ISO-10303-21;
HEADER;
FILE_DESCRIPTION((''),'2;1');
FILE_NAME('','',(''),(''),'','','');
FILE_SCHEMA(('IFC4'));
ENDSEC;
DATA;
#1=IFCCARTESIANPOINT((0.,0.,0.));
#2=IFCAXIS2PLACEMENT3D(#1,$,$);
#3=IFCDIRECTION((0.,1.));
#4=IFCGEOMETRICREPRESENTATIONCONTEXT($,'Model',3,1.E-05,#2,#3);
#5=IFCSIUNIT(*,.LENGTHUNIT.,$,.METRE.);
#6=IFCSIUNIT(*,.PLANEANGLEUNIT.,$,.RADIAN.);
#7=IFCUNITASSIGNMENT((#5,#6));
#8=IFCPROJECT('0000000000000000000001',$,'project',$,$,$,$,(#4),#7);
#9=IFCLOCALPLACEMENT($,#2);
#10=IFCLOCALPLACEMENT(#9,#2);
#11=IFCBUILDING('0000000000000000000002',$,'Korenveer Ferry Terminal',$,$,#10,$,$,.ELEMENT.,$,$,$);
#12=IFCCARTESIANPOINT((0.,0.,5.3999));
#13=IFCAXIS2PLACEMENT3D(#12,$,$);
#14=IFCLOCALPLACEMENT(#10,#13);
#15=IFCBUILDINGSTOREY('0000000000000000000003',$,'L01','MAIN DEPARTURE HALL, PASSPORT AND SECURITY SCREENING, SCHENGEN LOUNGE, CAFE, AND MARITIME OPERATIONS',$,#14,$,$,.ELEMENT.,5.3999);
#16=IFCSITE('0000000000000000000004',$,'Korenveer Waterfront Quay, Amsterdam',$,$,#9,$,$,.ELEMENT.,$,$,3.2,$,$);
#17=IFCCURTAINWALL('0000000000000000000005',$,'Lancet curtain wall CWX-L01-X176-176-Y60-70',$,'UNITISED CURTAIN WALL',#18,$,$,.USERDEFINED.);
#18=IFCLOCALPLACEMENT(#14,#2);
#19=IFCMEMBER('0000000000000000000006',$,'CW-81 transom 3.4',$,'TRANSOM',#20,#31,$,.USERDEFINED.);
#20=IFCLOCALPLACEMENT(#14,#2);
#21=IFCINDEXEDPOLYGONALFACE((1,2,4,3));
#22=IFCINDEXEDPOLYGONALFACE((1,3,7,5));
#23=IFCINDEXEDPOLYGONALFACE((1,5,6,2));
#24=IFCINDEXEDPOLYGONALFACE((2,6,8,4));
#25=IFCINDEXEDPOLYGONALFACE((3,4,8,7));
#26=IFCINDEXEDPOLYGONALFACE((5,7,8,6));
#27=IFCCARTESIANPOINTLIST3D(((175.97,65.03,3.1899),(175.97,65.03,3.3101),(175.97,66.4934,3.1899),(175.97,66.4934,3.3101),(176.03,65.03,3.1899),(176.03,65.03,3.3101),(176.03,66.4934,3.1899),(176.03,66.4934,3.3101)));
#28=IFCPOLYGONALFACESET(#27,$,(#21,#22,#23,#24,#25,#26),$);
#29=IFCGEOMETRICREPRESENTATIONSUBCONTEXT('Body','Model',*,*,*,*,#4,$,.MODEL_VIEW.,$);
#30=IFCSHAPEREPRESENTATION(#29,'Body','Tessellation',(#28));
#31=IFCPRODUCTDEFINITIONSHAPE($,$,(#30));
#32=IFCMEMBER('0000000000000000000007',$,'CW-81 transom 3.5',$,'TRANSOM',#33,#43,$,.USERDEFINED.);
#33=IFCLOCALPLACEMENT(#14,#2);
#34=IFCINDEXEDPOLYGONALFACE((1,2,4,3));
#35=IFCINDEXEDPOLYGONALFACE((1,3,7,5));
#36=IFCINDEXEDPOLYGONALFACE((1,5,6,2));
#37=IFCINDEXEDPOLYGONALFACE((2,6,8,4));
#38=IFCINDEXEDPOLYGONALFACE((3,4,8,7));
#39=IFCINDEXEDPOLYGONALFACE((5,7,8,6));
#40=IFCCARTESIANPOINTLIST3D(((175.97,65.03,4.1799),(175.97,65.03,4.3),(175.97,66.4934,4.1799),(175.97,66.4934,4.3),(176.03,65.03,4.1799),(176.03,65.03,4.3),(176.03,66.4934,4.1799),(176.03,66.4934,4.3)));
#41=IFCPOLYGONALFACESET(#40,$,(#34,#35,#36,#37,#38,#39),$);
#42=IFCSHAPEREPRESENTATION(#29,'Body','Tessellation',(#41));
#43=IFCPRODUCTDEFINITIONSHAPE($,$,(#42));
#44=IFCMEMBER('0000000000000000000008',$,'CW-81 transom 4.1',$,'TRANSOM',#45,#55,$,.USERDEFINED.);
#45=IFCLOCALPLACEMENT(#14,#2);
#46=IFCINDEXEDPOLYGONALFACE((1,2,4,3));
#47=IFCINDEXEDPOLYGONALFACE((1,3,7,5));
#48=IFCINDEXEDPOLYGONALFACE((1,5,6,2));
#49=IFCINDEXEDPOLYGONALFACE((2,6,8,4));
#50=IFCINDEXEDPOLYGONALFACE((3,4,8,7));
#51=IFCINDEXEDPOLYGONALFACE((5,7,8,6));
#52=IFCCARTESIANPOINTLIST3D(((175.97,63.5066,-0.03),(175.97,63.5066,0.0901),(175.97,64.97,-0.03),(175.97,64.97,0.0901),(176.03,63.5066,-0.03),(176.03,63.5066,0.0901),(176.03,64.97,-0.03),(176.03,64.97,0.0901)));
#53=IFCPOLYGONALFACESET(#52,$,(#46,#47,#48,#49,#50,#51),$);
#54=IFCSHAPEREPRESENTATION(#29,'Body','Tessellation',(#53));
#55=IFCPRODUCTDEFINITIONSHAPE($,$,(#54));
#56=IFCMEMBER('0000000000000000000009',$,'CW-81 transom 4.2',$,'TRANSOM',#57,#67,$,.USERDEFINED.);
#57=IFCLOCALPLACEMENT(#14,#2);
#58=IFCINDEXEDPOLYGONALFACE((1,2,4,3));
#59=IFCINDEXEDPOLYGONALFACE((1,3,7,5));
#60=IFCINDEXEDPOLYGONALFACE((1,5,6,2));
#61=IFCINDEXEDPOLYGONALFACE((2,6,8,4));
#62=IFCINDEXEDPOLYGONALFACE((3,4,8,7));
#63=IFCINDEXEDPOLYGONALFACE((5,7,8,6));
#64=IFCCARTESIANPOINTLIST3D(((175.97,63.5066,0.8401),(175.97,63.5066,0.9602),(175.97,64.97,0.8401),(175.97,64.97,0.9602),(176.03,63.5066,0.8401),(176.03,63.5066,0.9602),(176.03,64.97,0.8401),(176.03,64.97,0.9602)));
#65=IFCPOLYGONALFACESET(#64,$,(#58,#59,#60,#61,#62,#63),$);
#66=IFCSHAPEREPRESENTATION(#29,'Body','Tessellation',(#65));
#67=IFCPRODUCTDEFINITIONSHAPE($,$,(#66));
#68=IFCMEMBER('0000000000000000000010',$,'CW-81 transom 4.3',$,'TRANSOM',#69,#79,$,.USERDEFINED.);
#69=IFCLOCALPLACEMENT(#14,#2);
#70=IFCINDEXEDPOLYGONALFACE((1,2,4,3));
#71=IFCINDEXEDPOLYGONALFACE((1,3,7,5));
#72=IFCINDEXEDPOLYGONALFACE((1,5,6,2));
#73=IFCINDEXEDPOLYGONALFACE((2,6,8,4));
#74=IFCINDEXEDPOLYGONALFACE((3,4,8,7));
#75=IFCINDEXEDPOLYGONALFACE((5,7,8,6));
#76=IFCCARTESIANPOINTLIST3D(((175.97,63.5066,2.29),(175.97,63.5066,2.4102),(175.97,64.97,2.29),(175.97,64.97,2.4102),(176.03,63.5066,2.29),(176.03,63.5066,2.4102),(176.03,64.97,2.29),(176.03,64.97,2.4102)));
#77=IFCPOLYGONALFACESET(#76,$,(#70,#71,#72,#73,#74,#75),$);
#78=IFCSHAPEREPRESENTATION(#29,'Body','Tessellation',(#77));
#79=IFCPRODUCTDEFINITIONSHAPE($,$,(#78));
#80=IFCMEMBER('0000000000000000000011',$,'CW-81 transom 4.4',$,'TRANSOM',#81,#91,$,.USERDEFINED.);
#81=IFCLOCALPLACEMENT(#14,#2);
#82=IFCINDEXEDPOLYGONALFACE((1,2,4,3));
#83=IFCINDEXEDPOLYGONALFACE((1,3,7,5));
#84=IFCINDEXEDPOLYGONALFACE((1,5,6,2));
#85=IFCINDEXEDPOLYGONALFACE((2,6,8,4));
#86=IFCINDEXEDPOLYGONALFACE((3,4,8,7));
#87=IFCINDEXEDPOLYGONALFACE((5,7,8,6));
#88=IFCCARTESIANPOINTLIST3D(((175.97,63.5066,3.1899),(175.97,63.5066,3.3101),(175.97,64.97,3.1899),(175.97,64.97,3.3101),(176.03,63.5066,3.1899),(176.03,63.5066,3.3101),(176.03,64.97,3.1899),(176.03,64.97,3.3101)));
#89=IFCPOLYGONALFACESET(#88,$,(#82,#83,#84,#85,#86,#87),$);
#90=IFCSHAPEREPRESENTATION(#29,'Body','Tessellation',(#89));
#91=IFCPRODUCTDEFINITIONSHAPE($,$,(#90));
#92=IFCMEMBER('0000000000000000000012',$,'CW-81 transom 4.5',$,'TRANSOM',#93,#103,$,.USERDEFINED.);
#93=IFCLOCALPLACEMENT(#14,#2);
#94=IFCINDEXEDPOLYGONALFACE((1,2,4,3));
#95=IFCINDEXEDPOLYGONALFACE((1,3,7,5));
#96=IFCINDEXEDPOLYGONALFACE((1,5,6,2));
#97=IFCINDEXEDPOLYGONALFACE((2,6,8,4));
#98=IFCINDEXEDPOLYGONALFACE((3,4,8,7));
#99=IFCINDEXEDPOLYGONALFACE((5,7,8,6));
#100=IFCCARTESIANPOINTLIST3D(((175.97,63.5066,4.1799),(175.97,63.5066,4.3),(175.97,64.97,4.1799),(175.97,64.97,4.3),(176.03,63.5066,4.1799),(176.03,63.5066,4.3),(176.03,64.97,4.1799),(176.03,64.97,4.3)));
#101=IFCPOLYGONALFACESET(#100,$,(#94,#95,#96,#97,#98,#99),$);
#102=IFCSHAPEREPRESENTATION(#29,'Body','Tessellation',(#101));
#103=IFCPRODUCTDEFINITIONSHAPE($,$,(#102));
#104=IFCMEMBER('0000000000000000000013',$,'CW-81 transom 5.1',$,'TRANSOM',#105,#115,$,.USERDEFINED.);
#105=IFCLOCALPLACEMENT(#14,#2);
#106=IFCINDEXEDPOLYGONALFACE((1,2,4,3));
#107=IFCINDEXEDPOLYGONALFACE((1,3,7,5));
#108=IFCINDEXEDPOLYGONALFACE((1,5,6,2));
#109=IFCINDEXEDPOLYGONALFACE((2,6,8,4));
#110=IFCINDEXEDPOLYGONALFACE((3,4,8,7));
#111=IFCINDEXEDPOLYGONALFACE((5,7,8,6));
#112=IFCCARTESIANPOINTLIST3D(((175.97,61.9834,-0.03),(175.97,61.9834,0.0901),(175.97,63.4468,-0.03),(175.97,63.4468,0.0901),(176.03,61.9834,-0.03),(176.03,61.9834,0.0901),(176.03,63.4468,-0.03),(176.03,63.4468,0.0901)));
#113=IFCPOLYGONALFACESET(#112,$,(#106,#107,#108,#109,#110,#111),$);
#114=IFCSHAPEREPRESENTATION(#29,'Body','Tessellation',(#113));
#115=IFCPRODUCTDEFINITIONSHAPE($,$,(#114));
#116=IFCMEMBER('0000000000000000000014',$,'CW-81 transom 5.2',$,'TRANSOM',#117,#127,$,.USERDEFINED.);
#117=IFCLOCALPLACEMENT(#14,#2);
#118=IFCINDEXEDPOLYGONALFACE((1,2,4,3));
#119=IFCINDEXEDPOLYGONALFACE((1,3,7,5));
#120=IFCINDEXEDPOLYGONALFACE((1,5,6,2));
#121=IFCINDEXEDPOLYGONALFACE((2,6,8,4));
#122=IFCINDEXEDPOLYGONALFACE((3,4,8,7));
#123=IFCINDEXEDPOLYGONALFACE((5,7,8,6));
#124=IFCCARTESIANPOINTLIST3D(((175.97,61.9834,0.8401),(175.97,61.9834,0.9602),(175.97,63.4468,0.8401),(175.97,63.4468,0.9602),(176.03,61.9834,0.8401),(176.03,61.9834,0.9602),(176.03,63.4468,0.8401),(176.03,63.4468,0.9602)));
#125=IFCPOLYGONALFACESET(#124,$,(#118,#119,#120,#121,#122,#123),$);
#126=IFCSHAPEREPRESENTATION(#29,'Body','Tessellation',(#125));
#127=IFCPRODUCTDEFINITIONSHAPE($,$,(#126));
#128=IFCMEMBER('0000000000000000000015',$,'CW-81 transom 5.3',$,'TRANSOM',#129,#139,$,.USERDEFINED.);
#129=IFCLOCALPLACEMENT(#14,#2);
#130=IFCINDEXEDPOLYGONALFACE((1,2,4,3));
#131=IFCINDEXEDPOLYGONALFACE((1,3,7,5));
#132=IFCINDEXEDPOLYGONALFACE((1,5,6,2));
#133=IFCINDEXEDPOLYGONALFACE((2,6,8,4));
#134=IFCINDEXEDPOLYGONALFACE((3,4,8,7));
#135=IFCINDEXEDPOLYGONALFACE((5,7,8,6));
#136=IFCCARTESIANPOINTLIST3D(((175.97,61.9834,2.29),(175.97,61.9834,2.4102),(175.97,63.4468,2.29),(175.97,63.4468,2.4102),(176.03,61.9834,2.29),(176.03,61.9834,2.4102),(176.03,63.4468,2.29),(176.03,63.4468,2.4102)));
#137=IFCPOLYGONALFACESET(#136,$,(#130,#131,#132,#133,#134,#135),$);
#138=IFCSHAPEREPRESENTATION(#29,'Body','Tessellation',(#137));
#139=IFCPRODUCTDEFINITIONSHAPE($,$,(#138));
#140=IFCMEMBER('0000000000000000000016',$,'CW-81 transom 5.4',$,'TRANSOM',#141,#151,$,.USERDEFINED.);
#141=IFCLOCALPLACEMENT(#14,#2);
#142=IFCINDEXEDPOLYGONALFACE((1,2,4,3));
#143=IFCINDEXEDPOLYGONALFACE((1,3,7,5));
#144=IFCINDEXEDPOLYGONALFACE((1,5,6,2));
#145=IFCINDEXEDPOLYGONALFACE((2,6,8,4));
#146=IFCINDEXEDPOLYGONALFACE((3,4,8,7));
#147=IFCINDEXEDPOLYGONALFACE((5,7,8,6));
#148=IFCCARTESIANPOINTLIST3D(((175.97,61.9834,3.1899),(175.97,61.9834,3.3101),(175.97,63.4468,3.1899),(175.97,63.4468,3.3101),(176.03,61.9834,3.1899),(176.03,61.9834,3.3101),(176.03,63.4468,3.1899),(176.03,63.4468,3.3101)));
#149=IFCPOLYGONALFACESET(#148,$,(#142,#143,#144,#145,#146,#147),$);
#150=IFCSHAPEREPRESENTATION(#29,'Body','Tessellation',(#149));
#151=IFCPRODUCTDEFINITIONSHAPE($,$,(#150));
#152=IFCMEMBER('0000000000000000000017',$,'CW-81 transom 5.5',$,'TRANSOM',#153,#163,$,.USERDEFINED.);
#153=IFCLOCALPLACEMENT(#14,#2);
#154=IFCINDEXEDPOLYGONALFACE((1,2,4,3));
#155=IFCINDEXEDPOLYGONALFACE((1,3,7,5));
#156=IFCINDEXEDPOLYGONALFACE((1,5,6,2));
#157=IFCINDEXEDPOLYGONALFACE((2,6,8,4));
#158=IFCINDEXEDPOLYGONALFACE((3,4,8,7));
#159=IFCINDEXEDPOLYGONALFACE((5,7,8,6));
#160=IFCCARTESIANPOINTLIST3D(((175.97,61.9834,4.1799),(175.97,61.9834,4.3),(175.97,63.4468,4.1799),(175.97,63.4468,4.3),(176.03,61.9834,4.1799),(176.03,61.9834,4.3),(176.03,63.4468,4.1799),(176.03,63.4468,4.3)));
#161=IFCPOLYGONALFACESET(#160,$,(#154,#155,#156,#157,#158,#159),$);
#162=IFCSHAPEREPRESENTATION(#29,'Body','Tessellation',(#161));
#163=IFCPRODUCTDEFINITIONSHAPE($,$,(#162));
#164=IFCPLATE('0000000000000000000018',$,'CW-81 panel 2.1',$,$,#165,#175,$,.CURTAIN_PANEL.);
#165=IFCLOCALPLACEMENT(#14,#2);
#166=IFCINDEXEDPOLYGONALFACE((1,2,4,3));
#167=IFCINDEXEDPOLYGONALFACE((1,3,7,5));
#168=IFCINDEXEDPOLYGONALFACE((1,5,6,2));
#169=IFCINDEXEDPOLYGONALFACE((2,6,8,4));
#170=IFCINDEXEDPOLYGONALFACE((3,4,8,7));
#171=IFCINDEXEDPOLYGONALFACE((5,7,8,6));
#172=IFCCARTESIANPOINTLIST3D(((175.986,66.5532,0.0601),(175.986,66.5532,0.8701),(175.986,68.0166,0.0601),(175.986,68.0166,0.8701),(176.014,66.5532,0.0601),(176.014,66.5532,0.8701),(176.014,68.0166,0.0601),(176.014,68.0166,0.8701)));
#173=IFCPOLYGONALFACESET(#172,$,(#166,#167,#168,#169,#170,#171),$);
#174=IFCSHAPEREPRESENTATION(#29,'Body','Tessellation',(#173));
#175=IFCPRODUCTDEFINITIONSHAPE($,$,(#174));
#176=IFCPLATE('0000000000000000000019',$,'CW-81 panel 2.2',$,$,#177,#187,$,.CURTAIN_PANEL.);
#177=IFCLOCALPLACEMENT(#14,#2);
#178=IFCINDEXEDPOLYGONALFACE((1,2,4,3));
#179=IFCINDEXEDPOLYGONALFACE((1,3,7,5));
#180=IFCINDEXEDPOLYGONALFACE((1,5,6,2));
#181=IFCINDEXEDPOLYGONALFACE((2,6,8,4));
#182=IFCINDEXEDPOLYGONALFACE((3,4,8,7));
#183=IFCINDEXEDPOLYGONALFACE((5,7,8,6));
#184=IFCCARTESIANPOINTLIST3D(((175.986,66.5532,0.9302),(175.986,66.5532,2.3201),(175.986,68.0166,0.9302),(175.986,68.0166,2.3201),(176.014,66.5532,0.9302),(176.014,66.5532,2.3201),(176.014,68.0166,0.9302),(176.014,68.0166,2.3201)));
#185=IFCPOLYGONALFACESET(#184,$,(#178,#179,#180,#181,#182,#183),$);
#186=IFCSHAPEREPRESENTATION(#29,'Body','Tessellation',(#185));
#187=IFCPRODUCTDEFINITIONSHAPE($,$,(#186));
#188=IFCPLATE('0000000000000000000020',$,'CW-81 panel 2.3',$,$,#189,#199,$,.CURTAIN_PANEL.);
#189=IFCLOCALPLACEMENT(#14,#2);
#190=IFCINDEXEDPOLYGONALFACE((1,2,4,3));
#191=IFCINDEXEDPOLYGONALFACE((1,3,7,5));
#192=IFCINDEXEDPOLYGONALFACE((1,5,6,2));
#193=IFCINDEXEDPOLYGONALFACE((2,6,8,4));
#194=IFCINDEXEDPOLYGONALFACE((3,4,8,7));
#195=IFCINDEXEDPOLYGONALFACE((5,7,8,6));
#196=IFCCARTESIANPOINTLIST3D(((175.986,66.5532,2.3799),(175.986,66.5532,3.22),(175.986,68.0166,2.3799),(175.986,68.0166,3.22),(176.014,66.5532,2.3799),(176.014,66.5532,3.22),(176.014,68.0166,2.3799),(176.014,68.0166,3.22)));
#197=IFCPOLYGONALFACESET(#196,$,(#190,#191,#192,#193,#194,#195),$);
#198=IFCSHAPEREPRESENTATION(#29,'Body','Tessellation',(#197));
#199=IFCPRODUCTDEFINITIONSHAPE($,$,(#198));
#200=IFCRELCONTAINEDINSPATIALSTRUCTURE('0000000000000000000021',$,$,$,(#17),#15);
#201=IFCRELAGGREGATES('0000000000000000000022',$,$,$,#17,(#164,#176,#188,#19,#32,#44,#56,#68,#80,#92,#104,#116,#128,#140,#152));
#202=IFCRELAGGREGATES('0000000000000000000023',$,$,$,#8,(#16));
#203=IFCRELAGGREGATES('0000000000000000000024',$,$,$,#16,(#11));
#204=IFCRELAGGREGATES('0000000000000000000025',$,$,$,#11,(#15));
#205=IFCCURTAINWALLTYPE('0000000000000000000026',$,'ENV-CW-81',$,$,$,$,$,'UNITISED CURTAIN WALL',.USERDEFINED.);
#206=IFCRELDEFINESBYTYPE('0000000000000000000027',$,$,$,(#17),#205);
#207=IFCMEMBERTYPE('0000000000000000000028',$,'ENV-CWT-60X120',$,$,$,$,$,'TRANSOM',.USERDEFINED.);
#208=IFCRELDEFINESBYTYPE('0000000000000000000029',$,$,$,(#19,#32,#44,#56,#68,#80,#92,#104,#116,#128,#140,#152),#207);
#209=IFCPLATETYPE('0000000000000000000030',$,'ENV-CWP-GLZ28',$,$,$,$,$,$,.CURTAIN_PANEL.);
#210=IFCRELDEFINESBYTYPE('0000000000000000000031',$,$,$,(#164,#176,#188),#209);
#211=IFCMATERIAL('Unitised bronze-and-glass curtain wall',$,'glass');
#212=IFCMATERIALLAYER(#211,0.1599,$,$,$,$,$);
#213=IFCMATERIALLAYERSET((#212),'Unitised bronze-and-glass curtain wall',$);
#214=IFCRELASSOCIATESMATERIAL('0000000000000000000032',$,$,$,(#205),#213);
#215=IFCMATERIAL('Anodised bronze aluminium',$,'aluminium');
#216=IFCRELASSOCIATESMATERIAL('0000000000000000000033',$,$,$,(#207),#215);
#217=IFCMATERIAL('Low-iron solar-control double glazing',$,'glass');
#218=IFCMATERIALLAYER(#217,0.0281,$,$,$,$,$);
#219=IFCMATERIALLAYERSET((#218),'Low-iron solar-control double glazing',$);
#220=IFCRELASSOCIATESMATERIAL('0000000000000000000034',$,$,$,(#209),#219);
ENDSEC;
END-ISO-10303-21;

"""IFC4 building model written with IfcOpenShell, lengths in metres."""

from ifc_helpers import new_model, si_unit, direction, frame, origin, origin_2d, place, context, subcontext, project, spatial, rectangle, extrude, material, layer, layer_set, material_profile, profile_set, type_object, element, aggregate, save


model = new_model("IFC4")

# Units and contexts
model_context = context("Model", 3, precision=1e-05, world=origin(), true_north=direction((0.0, 1.0)))
body_context = subcontext(model_context, "Body", "Model", "MODEL_VIEW")
ifc_project = project(units=[si_unit("LENGTHUNIT", "METRE"), si_unit("PLANEANGLEUNIT", "RADIAN")], contexts=[model_context])

# Site, building, storey
site_placement = place(None, origin())
site = spatial("IfcSite", under=ifc_project, at=site_placement, Name="Korenveer Waterfront Quay, Amsterdam", CompositionType="ELEMENT", RefElevation=3.2)
building_placement = place(site_placement, origin())
building = spatial("IfcBuilding", under=site, at=building_placement, Name="Korenveer Ferry Terminal", CompositionType="ELEMENT")
storey_placement = place(building_placement, frame((0.0, 0.0, 5.3999)))
storey = spatial("IfcBuildingStorey", under=building, at=storey_placement, Name="L01", Description="MAIN DEPARTURE HALL, PASSPORT AND SECURITY SCREENING, SCHENGEN LOUNGE, CAFE, AND MARITIME OPERATIONS", CompositionType="ELEMENT", Elevation=5.3999)

# Curtain wall, members, plates
ifc_material_1 = material(Name="Unitised bronze-and-glass curtain wall", Category="glass")
ifc_layer_1 = layer(ifc_material_1, 0.1599)
ifc_layer_set_1 = layer_set([ifc_layer_1], Name="Unitised bronze-and-glass curtain wall")
curtain_wall_type = type_object("IfcCurtainWallType", Name="ENV-CW-81", ElementType="UNITISED CURTAIN WALL", PredefinedType="USERDEFINED", material=ifc_layer_set_1)
curtain_wall_placement = place(storey_placement, frame((176.0, 69.5701, 0.0)))
curtain_wall = element("IfcCurtainWall", 1, at=curtain_wall_placement, inside=storey, type_object=curtain_wall_type, Name="Lancet curtain wall CWX-L01-X176-176-Y60-70", ObjectType="UNITISED CURTAIN WALL", PredefinedType="USERDEFINED")
ifc_material_2 = material(Name="Anodised bronze aluminium", Category="aluminium")
ifc_material_profile_1 = material_profile(ifc_material_2, rectangle(XDim=0.0601, YDim=0.1201, at=origin_2d()), Name="ALU 60x120")
ifc_profile_set_1 = profile_set([ifc_material_profile_1], Name="Anodised bronze aluminium")
member_type_1 = type_object("IfcMemberType", Name="ENV-CWT-60X120", ElementType="TRANSOM", PredefinedType="USERDEFINED", material=ifc_profile_set_1)
member_1_placement = place(storey_placement, frame((176.0, 66.4934, 3.25), z_axis=(0.0, -1.0, 0.0), x_axis=(1.0, 0.0, 0.0)))
member_1 = element("IfcMember", 2, at=member_1_placement, type_object=member_type_1, Name="CW-81 transom 3.4", ObjectType="TRANSOM", PredefinedType="USERDEFINED", context=body_context, shape_type="SweptSolid", body=[
    extrude(rectangle(XDim=0.0601, YDim=0.1201, at=origin_2d()), origin(), (0.0, 0.0, 1.0), 1.4634),
])
member_2_placement = place(storey_placement, frame((176.0, 66.4934, 4.24), z_axis=(0.0, -1.0, 0.0), x_axis=(1.0, 0.0, 0.0)))
member_2 = element("IfcMember", 3, at=member_2_placement, type_object=member_type_1, Name="CW-81 transom 3.5", ObjectType="TRANSOM", PredefinedType="USERDEFINED", context=body_context, shape_type="SweptSolid", body=[
    extrude(rectangle(XDim=0.0601, YDim=0.1201, at=origin_2d()), origin(), (0.0, 0.0, 1.0), 1.4634),
])
member_3_placement = place(storey_placement, frame((176.0, 64.97, 0.03), z_axis=(0.0, -1.0, 0.0), x_axis=(1.0, 0.0, 0.0)))
member_3 = element("IfcMember", 4, at=member_3_placement, type_object=member_type_1, Name="CW-81 transom 4.1", ObjectType="TRANSOM", PredefinedType="USERDEFINED", context=body_context, shape_type="SweptSolid", body=[
    extrude(rectangle(XDim=0.0601, YDim=0.1201, at=origin_2d()), origin(), (0.0, 0.0, 1.0), 1.4634),
])
member_4_placement = place(storey_placement, frame((176.0, 64.97, 0.9001), z_axis=(0.0, -1.0, 0.0), x_axis=(1.0, 0.0, 0.0)))
member_4 = element("IfcMember", 5, at=member_4_placement, type_object=member_type_1, Name="CW-81 transom 4.2", ObjectType="TRANSOM", PredefinedType="USERDEFINED", context=body_context, shape_type="SweptSolid", body=[
    extrude(rectangle(XDim=0.0601, YDim=0.1201, at=origin_2d()), origin(), (0.0, 0.0, 1.0), 1.4634),
])
member_5_placement = place(storey_placement, frame((176.0, 64.97, 2.3501), z_axis=(0.0, -1.0, 0.0), x_axis=(1.0, 0.0, 0.0)))
member_5 = element("IfcMember", 6, at=member_5_placement, type_object=member_type_1, Name="CW-81 transom 4.3", ObjectType="TRANSOM", PredefinedType="USERDEFINED", context=body_context, shape_type="SweptSolid", body=[
    extrude(rectangle(XDim=0.0601, YDim=0.1201, at=origin_2d()), origin(), (0.0, 0.0, 1.0), 1.4634),
])
member_6_placement = place(storey_placement, frame((176.0, 64.97, 3.25), z_axis=(0.0, -1.0, 0.0), x_axis=(1.0, 0.0, 0.0)))
member_6 = element("IfcMember", 7, at=member_6_placement, type_object=member_type_1, Name="CW-81 transom 4.4", ObjectType="TRANSOM", PredefinedType="USERDEFINED", context=body_context, shape_type="SweptSolid", body=[
    extrude(rectangle(XDim=0.0601, YDim=0.1201, at=origin_2d()), origin(), (0.0, 0.0, 1.0), 1.4634),
])
member_7_placement = place(storey_placement, frame((176.0, 64.97, 4.24), z_axis=(0.0, -1.0, 0.0), x_axis=(1.0, 0.0, 0.0)))
member_7 = element("IfcMember", 8, at=member_7_placement, type_object=member_type_1, Name="CW-81 transom 4.5", ObjectType="TRANSOM", PredefinedType="USERDEFINED", context=body_context, shape_type="SweptSolid", body=[
    extrude(rectangle(XDim=0.0601, YDim=0.1201, at=origin_2d()), origin(), (0.0, 0.0, 1.0), 1.4634),
])
member_8_placement = place(storey_placement, frame((176.0, 63.4468, 0.03), z_axis=(0.0, -1.0, 0.0), x_axis=(1.0, 0.0, 0.0)))
member_8 = element("IfcMember", 9, at=member_8_placement, type_object=member_type_1, Name="CW-81 transom 5.1", ObjectType="TRANSOM", PredefinedType="USERDEFINED", context=body_context, shape_type="SweptSolid", body=[
    extrude(rectangle(XDim=0.0601, YDim=0.1201, at=origin_2d()), origin(), (0.0, 0.0, 1.0), 1.4634),
])
member_9_placement = place(storey_placement, frame((176.0, 63.4468, 0.9001), z_axis=(0.0, -1.0, 0.0), x_axis=(1.0, 0.0, 0.0)))
member_9 = element("IfcMember", 10, at=member_9_placement, type_object=member_type_1, Name="CW-81 transom 5.2", ObjectType="TRANSOM", PredefinedType="USERDEFINED", context=body_context, shape_type="SweptSolid", body=[
    extrude(rectangle(XDim=0.0601, YDim=0.1201, at=origin_2d()), origin(), (0.0, 0.0, 1.0), 1.4634),
])
member_10_placement = place(storey_placement, frame((176.0, 63.4468, 2.3501), z_axis=(0.0, -1.0, 0.0), x_axis=(1.0, 0.0, 0.0)))
member_10 = element("IfcMember", 11, at=member_10_placement, type_object=member_type_1, Name="CW-81 transom 5.3", ObjectType="TRANSOM", PredefinedType="USERDEFINED", context=body_context, shape_type="SweptSolid", body=[
    extrude(rectangle(XDim=0.0601, YDim=0.1201, at=origin_2d()), origin(), (0.0, 0.0, 1.0), 1.4634),
])
member_11_placement = place(storey_placement, frame((176.0, 63.4468, 3.25), z_axis=(0.0, -1.0, 0.0), x_axis=(1.0, 0.0, 0.0)))
member_11 = element("IfcMember", 12, at=member_11_placement, type_object=member_type_1, Name="CW-81 transom 5.4", ObjectType="TRANSOM", PredefinedType="USERDEFINED", context=body_context, shape_type="SweptSolid", body=[
    extrude(rectangle(XDim=0.0601, YDim=0.1201, at=origin_2d()), origin(), (0.0, 0.0, 1.0), 1.4634),
])
member_12_placement = place(storey_placement, frame((176.0, 63.4468, 4.24), z_axis=(0.0, -1.0, 0.0), x_axis=(1.0, 0.0, 0.0)))
member_12 = element("IfcMember", 13, at=member_12_placement, type_object=member_type_1, Name="CW-81 transom 5.5", ObjectType="TRANSOM", PredefinedType="USERDEFINED", context=body_context, shape_type="SweptSolid", body=[
    extrude(rectangle(XDim=0.0601, YDim=0.1201, at=origin_2d()), origin(), (0.0, 0.0, 1.0), 1.4634),
])
ifc_material_3 = material(Name="Low-iron solar-control double glazing", Category="glass")
ifc_layer_2 = layer(ifc_material_3, 0.0281)
ifc_layer_set_2 = layer_set([ifc_layer_2], Name="Low-iron solar-control double glazing")
plate_type_1 = type_object("IfcPlateType", Name="ENV-CWP-GLZ28", PredefinedType="CURTAIN_PANEL", material=ifc_layer_set_2)
plate_1_placement = place(storey_placement, frame((176.0, 67.2849, 0.0601), z_axis=(0.0, 0.0, 1.0), x_axis=(0.0, -1.0, 0.0)))
plate_1 = element("IfcPlate", 14, at=plate_1_placement, type_object=plate_type_1, Name="CW-81 panel 2.1", PredefinedType="CURTAIN_PANEL", context=body_context, shape_type="SweptSolid", body=[
    extrude(rectangle(XDim=1.4634, YDim=0.0281, at=origin_2d()), origin(), (0.0, 0.0, 1.0), 0.8101),
])
plate_2_placement = place(storey_placement, frame((176.0, 67.2849, 0.9302), z_axis=(0.0, 0.0, 1.0), x_axis=(0.0, -1.0, 0.0)))
plate_2 = element("IfcPlate", 15, at=plate_2_placement, type_object=plate_type_1, Name="CW-81 panel 2.2", PredefinedType="CURTAIN_PANEL", context=body_context, shape_type="SweptSolid", body=[
    extrude(rectangle(XDim=1.4634, YDim=0.0281, at=origin_2d()), origin(), (0.0, 0.0, 1.0), 1.3899),
])
plate_3_placement = place(storey_placement, frame((176.0, 67.2849, 2.3799), z_axis=(0.0, 0.0, 1.0), x_axis=(0.0, -1.0, 0.0)))
plate_3 = element("IfcPlate", 16, at=plate_3_placement, type_object=plate_type_1, Name="CW-81 panel 2.3", PredefinedType="CURTAIN_PANEL", context=body_context, shape_type="SweptSolid", body=[
    extrude(rectangle(XDim=1.4634, YDim=0.0281, at=origin_2d()), origin(), (0.0, 0.0, 1.0), 0.8401),
])
aggregate(curtain_wall, [plate_1, plate_2, plate_3, member_1, member_2, member_3, member_4, member_5, member_6, member_7, member_8, member_9, member_10, member_11, member_12])

save(model, "model.ifc")
